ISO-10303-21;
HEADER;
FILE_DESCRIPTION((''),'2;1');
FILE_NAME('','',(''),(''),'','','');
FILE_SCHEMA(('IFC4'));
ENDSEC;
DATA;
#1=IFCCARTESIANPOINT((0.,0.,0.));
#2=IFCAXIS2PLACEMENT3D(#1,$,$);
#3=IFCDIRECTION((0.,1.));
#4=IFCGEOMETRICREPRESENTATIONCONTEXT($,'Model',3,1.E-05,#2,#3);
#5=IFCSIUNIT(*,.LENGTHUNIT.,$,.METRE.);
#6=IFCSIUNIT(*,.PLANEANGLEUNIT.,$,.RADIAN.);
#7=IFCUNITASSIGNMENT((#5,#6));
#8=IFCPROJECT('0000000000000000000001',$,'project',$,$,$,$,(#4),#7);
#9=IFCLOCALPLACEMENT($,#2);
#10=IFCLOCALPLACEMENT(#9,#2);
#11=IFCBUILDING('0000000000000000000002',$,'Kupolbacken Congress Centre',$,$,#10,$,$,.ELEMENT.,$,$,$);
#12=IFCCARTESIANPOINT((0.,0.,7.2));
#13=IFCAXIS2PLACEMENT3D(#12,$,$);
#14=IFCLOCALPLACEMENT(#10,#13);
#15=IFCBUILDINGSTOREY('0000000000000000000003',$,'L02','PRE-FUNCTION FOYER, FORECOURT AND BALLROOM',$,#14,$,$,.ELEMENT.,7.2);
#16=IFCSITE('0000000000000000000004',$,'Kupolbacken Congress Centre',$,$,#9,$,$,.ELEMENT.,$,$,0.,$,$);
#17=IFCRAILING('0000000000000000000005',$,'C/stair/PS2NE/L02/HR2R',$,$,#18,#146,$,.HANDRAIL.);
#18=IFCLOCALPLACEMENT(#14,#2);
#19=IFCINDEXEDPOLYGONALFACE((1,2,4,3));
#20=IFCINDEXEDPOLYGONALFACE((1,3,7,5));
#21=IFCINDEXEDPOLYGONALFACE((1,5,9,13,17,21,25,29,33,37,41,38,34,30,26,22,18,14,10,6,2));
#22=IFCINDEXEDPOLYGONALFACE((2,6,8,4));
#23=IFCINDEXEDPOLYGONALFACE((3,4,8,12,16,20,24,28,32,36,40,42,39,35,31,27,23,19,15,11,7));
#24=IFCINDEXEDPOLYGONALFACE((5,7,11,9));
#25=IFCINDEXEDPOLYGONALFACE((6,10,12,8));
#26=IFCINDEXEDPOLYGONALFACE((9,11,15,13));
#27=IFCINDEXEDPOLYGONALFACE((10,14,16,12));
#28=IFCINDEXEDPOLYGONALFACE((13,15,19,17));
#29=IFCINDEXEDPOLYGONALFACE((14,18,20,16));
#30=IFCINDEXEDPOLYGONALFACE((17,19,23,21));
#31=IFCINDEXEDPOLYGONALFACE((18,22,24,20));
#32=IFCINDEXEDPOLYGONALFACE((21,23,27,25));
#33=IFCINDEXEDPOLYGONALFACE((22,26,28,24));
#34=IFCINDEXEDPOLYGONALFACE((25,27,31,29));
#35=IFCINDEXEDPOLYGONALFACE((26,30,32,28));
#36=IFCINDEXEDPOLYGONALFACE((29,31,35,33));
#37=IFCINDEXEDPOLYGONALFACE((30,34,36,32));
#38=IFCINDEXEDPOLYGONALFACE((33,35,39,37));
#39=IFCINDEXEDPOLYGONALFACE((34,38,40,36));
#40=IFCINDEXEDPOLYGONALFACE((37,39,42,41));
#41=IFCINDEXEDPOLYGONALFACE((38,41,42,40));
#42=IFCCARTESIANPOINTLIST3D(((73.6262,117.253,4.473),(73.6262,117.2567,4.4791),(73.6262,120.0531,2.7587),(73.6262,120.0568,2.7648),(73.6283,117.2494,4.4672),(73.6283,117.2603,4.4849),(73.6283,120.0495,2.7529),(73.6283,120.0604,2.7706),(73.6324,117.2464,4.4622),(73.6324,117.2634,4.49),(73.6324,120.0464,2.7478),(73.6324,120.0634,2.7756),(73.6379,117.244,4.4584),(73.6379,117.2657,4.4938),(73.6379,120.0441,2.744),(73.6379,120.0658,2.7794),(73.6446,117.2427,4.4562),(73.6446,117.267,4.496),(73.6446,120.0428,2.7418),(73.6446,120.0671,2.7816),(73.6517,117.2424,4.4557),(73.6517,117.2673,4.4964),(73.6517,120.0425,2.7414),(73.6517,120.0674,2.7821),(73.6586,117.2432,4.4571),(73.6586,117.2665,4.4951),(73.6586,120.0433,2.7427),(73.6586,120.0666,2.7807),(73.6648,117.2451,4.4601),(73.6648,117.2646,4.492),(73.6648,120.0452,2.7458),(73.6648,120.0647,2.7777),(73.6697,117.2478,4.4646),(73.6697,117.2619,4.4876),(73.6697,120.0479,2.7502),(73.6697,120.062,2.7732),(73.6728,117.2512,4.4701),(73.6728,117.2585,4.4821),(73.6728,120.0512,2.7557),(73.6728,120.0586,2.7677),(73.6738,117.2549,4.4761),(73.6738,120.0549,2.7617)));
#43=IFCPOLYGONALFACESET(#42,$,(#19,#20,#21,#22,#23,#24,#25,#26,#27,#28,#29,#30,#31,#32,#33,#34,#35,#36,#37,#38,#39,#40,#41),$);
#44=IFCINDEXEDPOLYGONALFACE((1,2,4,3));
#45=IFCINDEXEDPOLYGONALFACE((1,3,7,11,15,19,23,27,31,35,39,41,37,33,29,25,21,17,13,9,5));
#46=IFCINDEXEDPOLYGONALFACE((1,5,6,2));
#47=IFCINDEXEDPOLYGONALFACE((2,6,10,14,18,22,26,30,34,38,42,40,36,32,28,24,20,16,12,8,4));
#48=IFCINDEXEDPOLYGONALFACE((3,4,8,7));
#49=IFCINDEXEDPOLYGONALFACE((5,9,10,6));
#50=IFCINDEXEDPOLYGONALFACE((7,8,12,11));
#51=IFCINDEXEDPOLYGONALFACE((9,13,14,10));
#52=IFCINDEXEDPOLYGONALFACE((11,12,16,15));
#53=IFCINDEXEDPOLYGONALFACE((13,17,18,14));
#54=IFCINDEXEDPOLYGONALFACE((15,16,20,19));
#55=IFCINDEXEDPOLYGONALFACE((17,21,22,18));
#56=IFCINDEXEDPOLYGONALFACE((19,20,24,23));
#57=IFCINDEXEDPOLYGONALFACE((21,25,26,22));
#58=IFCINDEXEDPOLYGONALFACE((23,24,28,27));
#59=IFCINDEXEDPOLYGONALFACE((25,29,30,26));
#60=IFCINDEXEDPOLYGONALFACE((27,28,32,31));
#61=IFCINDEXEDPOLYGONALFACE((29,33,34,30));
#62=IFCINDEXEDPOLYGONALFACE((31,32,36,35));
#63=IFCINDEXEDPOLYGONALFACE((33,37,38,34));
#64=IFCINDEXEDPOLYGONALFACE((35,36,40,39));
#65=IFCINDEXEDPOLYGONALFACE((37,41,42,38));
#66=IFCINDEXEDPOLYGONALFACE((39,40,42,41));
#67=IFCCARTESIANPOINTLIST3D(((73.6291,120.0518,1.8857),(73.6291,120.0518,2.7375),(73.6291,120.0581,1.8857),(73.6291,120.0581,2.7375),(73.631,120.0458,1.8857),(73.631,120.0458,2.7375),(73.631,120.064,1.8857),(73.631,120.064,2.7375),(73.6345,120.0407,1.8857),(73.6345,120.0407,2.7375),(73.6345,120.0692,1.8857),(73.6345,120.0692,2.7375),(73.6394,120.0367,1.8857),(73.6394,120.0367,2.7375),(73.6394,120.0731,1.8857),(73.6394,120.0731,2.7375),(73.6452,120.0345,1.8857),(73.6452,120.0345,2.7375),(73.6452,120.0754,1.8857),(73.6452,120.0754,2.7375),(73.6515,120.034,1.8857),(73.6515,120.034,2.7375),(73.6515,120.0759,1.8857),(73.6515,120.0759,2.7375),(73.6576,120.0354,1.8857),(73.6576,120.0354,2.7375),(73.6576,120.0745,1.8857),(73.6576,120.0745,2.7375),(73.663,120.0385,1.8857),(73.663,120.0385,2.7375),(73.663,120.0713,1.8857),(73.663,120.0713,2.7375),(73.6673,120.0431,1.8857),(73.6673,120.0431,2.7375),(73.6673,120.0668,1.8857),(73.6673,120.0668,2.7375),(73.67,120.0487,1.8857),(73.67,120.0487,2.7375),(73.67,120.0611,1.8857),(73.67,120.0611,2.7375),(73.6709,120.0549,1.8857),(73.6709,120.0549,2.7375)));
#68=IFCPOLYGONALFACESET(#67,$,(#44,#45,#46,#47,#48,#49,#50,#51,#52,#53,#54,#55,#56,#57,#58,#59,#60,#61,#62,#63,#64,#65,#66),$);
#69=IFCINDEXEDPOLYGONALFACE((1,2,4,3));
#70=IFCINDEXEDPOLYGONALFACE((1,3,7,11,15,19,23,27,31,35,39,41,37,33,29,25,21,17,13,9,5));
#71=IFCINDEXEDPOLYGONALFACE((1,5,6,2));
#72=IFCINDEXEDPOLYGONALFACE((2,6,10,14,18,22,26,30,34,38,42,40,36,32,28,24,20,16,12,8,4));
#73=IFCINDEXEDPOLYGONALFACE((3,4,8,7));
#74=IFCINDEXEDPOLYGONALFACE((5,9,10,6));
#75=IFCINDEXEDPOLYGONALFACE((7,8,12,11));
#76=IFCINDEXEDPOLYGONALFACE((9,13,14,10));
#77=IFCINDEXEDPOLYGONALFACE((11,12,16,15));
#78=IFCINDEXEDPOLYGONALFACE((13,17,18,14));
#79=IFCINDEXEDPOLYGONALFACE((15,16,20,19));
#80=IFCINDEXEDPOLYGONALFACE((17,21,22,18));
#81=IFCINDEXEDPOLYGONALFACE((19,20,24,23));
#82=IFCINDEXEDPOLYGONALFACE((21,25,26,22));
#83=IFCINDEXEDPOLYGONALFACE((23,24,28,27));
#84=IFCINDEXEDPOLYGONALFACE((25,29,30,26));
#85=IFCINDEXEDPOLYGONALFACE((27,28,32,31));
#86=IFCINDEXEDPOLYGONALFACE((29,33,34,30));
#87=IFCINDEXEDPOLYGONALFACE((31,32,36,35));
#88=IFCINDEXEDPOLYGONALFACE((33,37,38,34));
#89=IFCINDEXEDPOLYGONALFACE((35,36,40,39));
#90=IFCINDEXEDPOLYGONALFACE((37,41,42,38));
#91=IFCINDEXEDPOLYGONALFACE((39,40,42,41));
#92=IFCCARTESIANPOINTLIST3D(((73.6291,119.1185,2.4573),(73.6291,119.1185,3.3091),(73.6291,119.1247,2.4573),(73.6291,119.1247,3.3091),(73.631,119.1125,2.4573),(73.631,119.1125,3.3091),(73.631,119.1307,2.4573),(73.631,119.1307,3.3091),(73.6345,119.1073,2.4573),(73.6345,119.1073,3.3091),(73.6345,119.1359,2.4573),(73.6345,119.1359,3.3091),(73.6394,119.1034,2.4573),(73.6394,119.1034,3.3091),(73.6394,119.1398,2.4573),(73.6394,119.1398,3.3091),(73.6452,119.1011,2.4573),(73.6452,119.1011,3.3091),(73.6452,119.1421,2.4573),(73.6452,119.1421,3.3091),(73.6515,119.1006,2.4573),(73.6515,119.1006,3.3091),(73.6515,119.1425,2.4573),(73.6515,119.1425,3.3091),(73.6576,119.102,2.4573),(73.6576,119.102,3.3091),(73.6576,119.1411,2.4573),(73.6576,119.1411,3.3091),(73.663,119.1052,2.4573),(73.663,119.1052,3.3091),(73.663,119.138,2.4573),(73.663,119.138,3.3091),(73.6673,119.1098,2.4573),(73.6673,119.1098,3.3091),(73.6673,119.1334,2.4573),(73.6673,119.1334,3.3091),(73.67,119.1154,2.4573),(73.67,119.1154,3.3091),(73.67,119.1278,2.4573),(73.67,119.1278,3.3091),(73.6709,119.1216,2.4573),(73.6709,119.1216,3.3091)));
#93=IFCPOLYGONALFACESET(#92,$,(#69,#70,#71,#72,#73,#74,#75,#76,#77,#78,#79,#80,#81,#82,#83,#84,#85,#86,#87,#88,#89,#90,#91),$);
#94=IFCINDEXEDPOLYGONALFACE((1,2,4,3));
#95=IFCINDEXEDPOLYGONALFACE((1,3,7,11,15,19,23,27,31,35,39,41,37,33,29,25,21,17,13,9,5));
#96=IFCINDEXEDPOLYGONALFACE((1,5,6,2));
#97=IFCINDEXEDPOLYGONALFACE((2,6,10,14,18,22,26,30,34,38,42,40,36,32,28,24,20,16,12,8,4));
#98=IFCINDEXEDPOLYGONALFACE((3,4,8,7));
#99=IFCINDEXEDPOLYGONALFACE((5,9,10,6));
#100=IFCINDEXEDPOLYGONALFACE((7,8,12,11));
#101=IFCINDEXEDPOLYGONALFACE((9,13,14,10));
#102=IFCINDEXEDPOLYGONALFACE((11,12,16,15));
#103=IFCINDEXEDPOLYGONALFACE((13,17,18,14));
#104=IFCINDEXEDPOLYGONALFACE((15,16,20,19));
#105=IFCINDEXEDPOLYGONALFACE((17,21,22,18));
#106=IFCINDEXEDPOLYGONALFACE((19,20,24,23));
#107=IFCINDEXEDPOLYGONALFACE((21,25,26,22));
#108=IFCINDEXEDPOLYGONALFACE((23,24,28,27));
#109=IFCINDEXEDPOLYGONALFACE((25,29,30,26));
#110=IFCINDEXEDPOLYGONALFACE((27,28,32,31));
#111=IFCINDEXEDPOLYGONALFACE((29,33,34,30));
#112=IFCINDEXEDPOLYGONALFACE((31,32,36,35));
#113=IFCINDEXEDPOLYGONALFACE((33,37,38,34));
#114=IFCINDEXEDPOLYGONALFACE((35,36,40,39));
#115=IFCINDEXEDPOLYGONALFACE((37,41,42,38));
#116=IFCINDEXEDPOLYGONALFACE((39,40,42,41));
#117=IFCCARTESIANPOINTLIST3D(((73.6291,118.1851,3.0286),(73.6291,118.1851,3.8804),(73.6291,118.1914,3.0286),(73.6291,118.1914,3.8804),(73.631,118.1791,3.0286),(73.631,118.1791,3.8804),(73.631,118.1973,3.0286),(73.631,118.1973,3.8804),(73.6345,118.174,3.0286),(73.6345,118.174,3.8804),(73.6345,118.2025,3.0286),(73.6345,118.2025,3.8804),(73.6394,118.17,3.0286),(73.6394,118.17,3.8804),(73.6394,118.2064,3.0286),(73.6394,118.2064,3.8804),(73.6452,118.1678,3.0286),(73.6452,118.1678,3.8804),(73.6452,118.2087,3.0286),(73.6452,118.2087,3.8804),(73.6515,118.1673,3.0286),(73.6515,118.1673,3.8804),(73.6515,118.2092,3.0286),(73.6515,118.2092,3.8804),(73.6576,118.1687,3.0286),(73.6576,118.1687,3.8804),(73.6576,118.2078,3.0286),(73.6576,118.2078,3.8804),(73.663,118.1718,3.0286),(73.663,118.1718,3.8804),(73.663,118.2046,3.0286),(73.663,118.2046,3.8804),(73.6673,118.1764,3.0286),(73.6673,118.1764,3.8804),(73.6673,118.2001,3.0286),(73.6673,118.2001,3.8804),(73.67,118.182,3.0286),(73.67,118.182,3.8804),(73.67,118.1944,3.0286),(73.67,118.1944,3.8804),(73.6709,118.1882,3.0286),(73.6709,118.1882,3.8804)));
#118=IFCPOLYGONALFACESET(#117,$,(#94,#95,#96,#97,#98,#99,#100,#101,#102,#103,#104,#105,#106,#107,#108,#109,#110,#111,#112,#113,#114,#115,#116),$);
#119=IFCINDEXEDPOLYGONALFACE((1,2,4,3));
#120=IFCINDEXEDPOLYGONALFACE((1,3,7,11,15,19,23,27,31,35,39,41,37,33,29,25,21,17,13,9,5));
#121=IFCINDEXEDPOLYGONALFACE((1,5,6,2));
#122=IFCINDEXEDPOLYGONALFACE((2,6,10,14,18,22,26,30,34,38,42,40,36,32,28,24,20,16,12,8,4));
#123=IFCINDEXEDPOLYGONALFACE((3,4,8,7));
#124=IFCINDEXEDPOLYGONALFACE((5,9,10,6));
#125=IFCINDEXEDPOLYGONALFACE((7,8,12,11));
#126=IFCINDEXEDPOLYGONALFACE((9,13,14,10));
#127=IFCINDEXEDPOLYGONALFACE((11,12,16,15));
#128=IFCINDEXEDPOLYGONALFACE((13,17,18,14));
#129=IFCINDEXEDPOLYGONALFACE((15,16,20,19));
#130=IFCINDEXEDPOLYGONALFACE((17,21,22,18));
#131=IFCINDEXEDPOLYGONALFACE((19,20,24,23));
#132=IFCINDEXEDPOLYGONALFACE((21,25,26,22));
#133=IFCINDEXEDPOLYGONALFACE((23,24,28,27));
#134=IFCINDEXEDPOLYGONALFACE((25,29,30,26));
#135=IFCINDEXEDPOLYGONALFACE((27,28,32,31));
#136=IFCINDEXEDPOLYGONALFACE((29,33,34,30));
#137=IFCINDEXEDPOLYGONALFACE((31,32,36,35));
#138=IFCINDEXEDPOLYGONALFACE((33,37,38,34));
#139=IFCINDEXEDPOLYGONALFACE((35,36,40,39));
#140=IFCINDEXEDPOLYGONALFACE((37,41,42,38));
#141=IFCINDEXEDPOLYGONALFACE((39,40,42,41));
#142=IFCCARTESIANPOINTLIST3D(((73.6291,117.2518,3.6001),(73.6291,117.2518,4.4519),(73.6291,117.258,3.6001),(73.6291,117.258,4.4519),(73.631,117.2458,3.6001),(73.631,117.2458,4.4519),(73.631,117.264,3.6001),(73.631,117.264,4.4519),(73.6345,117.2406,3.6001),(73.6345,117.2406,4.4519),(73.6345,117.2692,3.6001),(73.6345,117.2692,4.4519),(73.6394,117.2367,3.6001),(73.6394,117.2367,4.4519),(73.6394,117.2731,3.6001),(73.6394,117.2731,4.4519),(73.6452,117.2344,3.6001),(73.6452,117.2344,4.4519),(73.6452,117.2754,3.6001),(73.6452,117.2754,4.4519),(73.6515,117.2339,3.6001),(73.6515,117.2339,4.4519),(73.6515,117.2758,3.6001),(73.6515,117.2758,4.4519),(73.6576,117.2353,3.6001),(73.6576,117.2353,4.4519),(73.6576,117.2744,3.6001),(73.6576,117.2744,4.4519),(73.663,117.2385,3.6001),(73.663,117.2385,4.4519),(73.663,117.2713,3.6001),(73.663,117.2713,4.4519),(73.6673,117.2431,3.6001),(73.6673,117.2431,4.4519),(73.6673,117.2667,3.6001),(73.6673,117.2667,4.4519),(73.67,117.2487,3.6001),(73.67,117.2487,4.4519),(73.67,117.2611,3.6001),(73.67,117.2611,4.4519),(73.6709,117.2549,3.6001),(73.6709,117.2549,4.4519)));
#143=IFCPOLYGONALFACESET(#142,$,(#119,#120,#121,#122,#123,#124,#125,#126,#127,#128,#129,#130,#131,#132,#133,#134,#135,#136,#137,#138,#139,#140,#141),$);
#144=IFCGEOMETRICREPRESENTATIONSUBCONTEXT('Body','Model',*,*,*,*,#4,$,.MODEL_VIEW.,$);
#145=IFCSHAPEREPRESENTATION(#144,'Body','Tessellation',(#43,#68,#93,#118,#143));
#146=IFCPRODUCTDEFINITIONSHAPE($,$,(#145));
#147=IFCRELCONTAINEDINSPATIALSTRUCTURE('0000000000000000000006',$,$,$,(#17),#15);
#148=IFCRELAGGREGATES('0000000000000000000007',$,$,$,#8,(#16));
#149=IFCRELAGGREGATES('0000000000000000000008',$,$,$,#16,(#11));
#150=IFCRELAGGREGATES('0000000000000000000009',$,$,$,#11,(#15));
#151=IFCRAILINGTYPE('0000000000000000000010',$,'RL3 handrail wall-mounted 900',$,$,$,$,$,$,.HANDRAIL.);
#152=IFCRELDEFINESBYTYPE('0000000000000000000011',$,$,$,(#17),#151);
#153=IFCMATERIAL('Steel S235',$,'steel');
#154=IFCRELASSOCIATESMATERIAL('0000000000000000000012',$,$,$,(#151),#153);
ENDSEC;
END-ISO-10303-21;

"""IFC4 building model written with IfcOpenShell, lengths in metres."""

from ifc_helpers import new_model, si_unit, direction, frame, origin, origin_2d, place, context, subcontext, project, spatial, circle, extrude, material, type_object, element, save


model = new_model("IFC4")

# Units and contexts
model_context = context("Model", 3, precision=1e-05, world=origin(), true_north=direction((0.0, 1.0)))
body_context = subcontext(model_context, "Body", "Model", "MODEL_VIEW")
ifc_project = project(units=[si_unit("LENGTHUNIT", "METRE"), si_unit("PLANEANGLEUNIT", "RADIAN")], contexts=[model_context])

# Site, building, storey
site_placement = place(None, origin())
site = spatial("IfcSite", under=ifc_project, at=site_placement, Name="Kupolbacken Congress Centre", CompositionType="ELEMENT", RefElevation=0.0)
building_placement = place(site_placement, origin())
building = spatial("IfcBuilding", under=site, at=building_placement, Name="Kupolbacken Congress Centre", CompositionType="ELEMENT")
storey_placement = place(building_placement, frame((0.0, 0.0, 7.2)))
storey = spatial("IfcBuildingStorey", under=building, at=storey_placement, Name="L02", Description="PRE-FUNCTION FOYER, FORECOURT AND BALLROOM", CompositionType="ELEMENT", Elevation=7.2)

# Railing
ifc_material_1 = material(Name="Steel S235", Category="steel")
railing_type = type_object("IfcRailingType", Name="RL3 handrail wall-mounted 900", PredefinedType="HANDRAIL", material=ifc_material_1)
for number, where, name in (
    (1, (73.6499, 120.0549, 1.8857), "C/stair/PS2NE/L02/HR2R"),
):
    element("IfcRailing", number, at=place(storey_placement, frame(where)), inside=storey, type_object=railing_type, Name=name, PredefinedType="HANDRAIL", context=body_context, shape_type="SweptSolid", body=[
        extrude(circle(Radius=0.0239, at=origin_2d()), frame((0.0, 0.0, 0.876), z_axis=(0.0, -0.852846, 0.522163), x_axis=(1.0, 0.0, 0.0)), (0.0, 0.0, 1.0), 3.2832),
        extrude(circle(Radius=0.021, at=origin_2d()), origin(), (0.0, 0.0, 1.0), 0.8518),
        extrude(circle(Radius=0.021, at=origin_2d()), frame((0.0, -0.9333, 0.5715)), (0.0, 0.0, 1.0), 0.8518),
        extrude(circle(Radius=0.021, at=origin_2d()), frame((0.0, -1.8667, 1.1428)), (0.0, 0.0, 1.0), 0.8518),
        extrude(circle(Radius=0.021, at=origin_2d()), frame((0.0, -2.8, 1.7144)), (0.0, 0.0, 1.0), 0.8518),
    ])

save(model, "model.ifc")
